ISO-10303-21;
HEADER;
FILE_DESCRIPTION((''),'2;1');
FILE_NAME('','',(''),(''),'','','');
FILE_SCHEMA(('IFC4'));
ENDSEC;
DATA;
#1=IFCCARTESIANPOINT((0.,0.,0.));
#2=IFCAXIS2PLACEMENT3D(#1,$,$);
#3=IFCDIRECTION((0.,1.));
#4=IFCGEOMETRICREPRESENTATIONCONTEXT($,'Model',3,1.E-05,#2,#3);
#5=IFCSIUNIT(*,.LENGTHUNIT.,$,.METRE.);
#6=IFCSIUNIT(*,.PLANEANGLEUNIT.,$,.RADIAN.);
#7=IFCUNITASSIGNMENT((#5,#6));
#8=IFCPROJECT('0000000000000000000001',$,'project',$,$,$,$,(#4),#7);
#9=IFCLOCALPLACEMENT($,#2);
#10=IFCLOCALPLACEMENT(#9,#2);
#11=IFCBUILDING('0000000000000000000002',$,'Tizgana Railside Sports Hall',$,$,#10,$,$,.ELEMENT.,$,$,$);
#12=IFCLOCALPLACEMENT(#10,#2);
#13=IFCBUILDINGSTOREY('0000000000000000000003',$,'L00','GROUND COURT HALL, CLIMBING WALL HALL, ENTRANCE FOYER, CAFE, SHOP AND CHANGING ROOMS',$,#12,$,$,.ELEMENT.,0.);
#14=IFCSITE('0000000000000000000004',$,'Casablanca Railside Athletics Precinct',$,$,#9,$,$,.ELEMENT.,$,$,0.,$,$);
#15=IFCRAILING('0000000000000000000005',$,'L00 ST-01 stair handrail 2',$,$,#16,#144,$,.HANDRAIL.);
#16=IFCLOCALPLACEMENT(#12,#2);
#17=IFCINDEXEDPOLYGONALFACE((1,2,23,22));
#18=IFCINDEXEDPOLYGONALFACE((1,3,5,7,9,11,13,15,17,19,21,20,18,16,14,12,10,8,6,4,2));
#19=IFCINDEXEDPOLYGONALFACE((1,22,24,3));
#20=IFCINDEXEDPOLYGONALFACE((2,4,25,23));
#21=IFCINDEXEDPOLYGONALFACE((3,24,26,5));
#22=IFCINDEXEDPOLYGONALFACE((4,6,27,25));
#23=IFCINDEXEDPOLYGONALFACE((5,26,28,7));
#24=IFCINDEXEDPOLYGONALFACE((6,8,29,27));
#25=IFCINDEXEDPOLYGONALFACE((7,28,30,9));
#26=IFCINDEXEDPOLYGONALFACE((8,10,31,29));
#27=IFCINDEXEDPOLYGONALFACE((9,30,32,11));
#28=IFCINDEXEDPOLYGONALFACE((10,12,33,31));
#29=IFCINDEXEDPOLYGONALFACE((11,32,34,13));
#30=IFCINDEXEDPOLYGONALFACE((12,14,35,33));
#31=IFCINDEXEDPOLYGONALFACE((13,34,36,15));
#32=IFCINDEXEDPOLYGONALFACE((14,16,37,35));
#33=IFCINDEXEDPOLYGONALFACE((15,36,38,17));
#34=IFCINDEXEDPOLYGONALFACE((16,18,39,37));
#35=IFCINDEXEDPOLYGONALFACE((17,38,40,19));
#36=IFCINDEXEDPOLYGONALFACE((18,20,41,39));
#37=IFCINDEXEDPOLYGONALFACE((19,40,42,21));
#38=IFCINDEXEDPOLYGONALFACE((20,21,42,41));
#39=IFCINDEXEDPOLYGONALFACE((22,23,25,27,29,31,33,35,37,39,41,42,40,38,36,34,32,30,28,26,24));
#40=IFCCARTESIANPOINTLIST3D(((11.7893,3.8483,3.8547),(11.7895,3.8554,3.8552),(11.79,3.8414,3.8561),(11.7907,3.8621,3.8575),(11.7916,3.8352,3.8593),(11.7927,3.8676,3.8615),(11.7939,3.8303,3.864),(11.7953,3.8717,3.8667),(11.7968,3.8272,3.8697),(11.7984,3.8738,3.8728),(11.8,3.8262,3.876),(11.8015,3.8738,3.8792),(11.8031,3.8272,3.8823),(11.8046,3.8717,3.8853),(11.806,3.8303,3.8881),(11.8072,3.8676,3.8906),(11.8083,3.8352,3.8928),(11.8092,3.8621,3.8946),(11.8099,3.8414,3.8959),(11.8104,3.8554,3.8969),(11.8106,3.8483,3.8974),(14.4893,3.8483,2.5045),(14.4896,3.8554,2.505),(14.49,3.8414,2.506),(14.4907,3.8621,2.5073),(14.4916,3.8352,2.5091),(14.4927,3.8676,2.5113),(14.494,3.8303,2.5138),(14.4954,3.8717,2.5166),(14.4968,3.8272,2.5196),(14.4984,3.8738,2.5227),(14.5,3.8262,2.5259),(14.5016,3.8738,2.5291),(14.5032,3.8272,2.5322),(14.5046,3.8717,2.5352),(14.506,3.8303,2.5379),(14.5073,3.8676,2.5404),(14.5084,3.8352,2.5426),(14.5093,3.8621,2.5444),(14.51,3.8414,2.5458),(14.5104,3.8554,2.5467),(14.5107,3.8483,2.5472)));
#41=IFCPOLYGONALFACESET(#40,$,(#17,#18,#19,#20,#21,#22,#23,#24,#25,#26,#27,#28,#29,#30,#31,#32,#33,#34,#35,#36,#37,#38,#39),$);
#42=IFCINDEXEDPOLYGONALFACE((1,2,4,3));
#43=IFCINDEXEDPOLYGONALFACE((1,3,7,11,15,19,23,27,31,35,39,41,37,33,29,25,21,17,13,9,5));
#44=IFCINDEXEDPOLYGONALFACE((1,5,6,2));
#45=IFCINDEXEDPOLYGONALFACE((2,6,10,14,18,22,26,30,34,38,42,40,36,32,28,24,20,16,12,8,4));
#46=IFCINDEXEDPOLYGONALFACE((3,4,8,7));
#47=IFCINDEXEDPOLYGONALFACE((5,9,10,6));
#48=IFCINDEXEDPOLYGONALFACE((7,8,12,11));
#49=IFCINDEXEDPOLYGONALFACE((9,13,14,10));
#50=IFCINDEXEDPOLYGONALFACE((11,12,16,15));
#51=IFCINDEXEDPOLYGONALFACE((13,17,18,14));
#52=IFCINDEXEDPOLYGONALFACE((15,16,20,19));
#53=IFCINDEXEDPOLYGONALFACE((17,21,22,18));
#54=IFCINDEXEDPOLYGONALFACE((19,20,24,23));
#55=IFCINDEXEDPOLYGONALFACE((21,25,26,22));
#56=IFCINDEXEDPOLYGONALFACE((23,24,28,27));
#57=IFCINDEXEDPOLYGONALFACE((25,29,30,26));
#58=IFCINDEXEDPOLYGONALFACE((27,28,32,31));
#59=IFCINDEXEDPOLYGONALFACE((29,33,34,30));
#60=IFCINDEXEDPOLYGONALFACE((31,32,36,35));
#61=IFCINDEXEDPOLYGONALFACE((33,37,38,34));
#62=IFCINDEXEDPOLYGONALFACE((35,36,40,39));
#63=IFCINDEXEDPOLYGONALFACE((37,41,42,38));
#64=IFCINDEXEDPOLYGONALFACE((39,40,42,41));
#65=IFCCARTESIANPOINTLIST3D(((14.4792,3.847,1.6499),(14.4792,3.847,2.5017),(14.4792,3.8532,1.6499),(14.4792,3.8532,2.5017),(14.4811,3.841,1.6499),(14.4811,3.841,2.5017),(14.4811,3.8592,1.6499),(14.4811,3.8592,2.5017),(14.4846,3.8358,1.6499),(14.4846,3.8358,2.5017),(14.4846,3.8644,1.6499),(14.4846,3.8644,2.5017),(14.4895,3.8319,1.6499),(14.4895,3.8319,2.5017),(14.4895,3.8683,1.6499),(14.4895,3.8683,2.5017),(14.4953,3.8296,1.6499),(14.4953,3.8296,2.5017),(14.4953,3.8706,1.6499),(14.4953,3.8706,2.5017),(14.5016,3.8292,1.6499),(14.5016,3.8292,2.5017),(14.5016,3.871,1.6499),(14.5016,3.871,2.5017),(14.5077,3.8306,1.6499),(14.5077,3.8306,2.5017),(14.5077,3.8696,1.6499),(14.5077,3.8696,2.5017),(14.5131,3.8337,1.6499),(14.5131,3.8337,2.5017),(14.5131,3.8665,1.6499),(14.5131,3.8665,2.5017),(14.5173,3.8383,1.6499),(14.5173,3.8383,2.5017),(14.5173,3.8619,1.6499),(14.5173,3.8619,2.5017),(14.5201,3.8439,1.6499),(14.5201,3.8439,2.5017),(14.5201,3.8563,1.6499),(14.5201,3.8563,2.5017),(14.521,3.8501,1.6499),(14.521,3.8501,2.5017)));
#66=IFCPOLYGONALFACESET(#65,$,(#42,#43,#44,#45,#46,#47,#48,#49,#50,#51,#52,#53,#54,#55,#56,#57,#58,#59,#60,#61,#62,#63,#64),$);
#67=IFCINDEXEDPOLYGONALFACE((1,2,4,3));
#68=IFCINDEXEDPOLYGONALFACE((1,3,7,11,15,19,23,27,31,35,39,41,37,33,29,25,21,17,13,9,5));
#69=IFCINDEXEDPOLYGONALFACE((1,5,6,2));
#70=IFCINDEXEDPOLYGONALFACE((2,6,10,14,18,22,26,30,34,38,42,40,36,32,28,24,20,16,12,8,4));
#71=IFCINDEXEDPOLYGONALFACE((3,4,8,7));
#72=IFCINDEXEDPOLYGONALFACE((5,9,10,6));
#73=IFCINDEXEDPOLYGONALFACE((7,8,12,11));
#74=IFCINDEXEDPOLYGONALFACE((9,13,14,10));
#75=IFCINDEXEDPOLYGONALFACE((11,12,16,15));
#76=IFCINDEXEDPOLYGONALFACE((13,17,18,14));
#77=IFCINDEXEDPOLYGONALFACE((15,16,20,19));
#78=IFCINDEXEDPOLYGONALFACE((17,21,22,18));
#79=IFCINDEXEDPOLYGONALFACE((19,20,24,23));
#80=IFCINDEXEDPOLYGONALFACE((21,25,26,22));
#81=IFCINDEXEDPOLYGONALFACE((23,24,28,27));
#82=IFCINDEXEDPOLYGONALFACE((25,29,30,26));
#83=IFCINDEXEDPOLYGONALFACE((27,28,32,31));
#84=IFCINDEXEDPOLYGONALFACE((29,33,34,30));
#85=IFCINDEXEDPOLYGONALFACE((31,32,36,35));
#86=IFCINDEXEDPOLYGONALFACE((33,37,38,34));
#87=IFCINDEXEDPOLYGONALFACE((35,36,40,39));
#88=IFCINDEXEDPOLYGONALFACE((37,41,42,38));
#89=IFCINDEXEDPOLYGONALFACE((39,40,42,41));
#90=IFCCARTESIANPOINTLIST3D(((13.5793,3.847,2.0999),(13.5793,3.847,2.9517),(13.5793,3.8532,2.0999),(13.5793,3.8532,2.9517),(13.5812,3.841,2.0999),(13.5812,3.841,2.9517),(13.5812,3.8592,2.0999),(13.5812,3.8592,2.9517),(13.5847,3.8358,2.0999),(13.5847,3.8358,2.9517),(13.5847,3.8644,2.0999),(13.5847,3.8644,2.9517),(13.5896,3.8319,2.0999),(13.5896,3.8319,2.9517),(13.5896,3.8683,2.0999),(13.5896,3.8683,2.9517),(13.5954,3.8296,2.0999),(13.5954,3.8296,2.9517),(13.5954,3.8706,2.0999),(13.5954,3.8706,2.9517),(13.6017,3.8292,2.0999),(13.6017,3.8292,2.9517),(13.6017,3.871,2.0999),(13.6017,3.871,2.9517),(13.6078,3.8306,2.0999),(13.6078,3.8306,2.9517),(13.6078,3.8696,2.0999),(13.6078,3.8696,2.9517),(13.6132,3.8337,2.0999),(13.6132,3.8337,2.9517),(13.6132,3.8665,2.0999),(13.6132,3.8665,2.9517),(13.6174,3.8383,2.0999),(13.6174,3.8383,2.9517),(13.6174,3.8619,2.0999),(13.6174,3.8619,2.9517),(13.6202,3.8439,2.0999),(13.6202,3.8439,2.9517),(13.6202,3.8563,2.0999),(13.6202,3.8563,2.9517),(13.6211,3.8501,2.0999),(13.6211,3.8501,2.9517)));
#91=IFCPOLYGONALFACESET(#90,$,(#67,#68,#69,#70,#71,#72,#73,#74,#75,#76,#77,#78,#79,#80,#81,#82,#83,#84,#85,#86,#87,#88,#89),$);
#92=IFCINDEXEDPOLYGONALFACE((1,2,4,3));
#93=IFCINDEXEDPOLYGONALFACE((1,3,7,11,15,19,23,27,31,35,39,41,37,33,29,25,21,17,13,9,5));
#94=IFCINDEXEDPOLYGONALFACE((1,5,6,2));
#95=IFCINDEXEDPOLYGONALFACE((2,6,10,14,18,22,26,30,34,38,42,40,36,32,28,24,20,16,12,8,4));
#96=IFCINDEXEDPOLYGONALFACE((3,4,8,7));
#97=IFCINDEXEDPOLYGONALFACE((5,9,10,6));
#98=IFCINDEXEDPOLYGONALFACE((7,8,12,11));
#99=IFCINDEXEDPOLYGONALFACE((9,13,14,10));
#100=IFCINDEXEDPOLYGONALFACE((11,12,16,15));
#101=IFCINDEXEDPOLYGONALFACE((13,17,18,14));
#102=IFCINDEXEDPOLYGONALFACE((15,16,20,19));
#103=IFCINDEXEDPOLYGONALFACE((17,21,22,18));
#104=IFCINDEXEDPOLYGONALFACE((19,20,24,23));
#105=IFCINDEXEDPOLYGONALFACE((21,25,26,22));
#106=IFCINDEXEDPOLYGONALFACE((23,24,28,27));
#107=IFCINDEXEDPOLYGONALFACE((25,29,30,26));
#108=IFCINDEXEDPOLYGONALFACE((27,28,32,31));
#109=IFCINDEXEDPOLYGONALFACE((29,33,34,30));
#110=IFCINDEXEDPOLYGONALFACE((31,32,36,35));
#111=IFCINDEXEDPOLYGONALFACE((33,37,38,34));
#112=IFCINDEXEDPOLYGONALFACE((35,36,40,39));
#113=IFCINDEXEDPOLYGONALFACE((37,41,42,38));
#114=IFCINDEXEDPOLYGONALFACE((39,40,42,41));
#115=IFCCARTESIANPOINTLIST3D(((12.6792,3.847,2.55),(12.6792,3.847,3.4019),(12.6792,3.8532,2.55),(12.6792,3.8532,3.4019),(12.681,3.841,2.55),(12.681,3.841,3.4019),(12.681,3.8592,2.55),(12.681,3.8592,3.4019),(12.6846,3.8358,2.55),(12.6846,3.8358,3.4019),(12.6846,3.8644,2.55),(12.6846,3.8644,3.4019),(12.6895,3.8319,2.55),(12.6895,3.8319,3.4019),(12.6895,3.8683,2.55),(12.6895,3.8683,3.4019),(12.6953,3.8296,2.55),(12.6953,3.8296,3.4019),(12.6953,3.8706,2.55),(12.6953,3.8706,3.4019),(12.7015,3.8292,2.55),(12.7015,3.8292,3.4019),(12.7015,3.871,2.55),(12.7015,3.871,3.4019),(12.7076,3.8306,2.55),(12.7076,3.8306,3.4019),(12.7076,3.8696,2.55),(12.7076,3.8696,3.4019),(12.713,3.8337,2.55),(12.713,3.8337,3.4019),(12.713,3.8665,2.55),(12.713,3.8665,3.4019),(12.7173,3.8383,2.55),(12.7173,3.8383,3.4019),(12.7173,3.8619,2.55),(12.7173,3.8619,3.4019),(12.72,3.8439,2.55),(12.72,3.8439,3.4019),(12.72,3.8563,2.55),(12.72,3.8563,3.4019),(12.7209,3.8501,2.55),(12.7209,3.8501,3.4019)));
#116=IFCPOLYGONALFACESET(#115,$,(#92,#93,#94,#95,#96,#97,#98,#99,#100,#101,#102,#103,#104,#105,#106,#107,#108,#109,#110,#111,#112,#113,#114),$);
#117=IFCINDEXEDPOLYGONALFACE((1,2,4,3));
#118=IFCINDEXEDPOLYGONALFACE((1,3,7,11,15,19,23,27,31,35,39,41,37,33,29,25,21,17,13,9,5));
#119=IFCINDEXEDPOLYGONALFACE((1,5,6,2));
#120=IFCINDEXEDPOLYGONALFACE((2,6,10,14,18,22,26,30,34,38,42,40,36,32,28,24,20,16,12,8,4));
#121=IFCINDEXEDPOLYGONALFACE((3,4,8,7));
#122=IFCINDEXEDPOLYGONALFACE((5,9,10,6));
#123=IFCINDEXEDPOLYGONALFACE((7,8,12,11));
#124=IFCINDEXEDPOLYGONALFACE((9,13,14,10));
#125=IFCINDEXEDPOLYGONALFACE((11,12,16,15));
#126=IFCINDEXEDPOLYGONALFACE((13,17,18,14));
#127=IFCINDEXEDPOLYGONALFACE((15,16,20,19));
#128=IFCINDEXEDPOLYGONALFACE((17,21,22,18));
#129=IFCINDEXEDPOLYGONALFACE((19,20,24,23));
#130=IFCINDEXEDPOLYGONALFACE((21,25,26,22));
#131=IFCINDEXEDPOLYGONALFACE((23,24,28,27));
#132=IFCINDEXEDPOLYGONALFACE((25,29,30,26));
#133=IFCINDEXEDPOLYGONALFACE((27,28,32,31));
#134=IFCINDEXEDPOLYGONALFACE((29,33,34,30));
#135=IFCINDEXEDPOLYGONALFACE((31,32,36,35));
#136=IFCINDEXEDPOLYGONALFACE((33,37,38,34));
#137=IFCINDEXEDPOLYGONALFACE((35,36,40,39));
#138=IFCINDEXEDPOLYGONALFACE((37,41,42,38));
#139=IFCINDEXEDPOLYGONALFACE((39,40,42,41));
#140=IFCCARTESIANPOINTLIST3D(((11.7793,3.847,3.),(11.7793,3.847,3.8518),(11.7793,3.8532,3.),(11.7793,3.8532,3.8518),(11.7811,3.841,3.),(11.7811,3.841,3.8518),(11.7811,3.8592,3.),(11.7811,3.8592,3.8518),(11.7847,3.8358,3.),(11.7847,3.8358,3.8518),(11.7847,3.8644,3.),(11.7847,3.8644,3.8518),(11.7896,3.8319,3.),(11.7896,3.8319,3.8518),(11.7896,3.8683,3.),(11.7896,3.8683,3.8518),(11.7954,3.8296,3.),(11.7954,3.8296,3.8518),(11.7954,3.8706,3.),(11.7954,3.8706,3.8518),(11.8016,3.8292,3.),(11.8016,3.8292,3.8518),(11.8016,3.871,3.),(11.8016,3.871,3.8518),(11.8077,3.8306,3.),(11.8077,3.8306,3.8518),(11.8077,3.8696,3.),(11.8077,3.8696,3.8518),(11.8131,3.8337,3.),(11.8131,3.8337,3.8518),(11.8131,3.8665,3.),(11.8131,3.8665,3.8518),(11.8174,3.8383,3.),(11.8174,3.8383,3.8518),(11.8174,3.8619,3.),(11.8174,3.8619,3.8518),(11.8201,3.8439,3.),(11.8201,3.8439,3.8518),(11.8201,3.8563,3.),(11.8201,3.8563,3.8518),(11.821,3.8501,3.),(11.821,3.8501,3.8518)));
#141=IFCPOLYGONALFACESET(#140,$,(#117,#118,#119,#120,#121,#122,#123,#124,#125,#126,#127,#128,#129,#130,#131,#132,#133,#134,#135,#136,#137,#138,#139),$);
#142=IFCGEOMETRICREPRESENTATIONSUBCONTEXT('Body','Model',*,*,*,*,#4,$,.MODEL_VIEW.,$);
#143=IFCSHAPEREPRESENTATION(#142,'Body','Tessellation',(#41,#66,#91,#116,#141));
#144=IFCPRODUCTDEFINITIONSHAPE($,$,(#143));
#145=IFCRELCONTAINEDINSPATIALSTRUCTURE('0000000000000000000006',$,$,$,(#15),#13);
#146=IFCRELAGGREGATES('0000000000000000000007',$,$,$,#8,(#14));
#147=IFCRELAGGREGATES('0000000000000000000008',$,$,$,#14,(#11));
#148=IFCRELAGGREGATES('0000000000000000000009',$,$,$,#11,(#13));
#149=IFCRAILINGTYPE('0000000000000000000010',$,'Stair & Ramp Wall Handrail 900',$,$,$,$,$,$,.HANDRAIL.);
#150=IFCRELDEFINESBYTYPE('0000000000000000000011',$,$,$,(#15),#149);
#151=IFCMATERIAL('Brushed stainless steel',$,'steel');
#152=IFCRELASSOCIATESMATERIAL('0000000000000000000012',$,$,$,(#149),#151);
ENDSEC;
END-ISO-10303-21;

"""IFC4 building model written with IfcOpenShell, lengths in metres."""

from ifc_helpers import new_model, si_unit, direction, frame, origin, origin_2d, place, context, subcontext, project, spatial, circle, extrude, material, type_object, element, save


model = new_model("IFC4")

# Units and contexts
model_context = context("Model", 3, precision=1e-05, world=origin(), true_north=direction((0.0, 1.0)))
body_context = subcontext(model_context, "Body", "Model", "MODEL_VIEW")
ifc_project = project(units=[si_unit("LENGTHUNIT", "METRE"), si_unit("PLANEANGLEUNIT", "RADIAN")], contexts=[model_context])

# Site, building, storey
site_placement = place(None, origin())
site = spatial("IfcSite", under=ifc_project, at=site_placement, Name="Casablanca Railside Athletics Precinct", CompositionType="ELEMENT", RefElevation=0.0)
building_placement = place(site_placement, origin())
building = spatial("IfcBuilding", under=site, at=building_placement, Name="Tizgana Railside Sports Hall", CompositionType="ELEMENT")
storey_placement = place(building_placement, origin())
storey = spatial("IfcBuildingStorey", under=building, at=storey_placement, Name="L00", Description="GROUND COURT HALL, CLIMBING WALL HALL, ENTRANCE FOYER, CAFE, SHOP AND CHANGING ROOMS", CompositionType="ELEMENT", Elevation=0.0)

# Railing
ifc_material_1 = material(Name="Brushed stainless steel", Category="steel")
railing_type_1 = type_object("IfcRailingType", Name="Stair & Ramp Wall Handrail 900", PredefinedType="HANDRAIL", material=ifc_material_1)
railing_1_placement = place(storey_placement, frame((14.5, 3.8501, 1.6499)))
element("IfcRailing", 1, at=railing_1_placement, inside=storey, type_object=railing_type_1, Name="L00 ST-01 stair handrail 2", PredefinedType="HANDRAIL", context=body_context, shape_type="SweptSolid", body=[
    extrude(circle(Radius=0.0239, at=origin_2d()), frame((0.0, 0.0, 0.876), z_axis=(-0.894411, 0.0, 0.447246), x_axis=(0.0, -1.0, 0.0)), (0.0, 0.0, 1.0), 3.0188),
    extrude(circle(Radius=0.021, at=origin_2d()), origin(), (0.0, 0.0, 1.0), 0.8518),
    extrude(circle(Radius=0.021, at=origin_2d()), frame((-0.8999, 0.0, 0.45)), (0.0, 0.0, 1.0), 0.8518),
    extrude(circle(Radius=0.021, at=origin_2d()), frame((-1.8, 0.0, 0.9001)), (0.0, 0.0, 1.0), 0.8518),
    extrude(circle(Radius=0.021, at=origin_2d()), frame((-2.7, 0.0, 1.3501)), (0.0, 0.0, 1.0), 0.8518),
])

save(model, "model.ifc")
